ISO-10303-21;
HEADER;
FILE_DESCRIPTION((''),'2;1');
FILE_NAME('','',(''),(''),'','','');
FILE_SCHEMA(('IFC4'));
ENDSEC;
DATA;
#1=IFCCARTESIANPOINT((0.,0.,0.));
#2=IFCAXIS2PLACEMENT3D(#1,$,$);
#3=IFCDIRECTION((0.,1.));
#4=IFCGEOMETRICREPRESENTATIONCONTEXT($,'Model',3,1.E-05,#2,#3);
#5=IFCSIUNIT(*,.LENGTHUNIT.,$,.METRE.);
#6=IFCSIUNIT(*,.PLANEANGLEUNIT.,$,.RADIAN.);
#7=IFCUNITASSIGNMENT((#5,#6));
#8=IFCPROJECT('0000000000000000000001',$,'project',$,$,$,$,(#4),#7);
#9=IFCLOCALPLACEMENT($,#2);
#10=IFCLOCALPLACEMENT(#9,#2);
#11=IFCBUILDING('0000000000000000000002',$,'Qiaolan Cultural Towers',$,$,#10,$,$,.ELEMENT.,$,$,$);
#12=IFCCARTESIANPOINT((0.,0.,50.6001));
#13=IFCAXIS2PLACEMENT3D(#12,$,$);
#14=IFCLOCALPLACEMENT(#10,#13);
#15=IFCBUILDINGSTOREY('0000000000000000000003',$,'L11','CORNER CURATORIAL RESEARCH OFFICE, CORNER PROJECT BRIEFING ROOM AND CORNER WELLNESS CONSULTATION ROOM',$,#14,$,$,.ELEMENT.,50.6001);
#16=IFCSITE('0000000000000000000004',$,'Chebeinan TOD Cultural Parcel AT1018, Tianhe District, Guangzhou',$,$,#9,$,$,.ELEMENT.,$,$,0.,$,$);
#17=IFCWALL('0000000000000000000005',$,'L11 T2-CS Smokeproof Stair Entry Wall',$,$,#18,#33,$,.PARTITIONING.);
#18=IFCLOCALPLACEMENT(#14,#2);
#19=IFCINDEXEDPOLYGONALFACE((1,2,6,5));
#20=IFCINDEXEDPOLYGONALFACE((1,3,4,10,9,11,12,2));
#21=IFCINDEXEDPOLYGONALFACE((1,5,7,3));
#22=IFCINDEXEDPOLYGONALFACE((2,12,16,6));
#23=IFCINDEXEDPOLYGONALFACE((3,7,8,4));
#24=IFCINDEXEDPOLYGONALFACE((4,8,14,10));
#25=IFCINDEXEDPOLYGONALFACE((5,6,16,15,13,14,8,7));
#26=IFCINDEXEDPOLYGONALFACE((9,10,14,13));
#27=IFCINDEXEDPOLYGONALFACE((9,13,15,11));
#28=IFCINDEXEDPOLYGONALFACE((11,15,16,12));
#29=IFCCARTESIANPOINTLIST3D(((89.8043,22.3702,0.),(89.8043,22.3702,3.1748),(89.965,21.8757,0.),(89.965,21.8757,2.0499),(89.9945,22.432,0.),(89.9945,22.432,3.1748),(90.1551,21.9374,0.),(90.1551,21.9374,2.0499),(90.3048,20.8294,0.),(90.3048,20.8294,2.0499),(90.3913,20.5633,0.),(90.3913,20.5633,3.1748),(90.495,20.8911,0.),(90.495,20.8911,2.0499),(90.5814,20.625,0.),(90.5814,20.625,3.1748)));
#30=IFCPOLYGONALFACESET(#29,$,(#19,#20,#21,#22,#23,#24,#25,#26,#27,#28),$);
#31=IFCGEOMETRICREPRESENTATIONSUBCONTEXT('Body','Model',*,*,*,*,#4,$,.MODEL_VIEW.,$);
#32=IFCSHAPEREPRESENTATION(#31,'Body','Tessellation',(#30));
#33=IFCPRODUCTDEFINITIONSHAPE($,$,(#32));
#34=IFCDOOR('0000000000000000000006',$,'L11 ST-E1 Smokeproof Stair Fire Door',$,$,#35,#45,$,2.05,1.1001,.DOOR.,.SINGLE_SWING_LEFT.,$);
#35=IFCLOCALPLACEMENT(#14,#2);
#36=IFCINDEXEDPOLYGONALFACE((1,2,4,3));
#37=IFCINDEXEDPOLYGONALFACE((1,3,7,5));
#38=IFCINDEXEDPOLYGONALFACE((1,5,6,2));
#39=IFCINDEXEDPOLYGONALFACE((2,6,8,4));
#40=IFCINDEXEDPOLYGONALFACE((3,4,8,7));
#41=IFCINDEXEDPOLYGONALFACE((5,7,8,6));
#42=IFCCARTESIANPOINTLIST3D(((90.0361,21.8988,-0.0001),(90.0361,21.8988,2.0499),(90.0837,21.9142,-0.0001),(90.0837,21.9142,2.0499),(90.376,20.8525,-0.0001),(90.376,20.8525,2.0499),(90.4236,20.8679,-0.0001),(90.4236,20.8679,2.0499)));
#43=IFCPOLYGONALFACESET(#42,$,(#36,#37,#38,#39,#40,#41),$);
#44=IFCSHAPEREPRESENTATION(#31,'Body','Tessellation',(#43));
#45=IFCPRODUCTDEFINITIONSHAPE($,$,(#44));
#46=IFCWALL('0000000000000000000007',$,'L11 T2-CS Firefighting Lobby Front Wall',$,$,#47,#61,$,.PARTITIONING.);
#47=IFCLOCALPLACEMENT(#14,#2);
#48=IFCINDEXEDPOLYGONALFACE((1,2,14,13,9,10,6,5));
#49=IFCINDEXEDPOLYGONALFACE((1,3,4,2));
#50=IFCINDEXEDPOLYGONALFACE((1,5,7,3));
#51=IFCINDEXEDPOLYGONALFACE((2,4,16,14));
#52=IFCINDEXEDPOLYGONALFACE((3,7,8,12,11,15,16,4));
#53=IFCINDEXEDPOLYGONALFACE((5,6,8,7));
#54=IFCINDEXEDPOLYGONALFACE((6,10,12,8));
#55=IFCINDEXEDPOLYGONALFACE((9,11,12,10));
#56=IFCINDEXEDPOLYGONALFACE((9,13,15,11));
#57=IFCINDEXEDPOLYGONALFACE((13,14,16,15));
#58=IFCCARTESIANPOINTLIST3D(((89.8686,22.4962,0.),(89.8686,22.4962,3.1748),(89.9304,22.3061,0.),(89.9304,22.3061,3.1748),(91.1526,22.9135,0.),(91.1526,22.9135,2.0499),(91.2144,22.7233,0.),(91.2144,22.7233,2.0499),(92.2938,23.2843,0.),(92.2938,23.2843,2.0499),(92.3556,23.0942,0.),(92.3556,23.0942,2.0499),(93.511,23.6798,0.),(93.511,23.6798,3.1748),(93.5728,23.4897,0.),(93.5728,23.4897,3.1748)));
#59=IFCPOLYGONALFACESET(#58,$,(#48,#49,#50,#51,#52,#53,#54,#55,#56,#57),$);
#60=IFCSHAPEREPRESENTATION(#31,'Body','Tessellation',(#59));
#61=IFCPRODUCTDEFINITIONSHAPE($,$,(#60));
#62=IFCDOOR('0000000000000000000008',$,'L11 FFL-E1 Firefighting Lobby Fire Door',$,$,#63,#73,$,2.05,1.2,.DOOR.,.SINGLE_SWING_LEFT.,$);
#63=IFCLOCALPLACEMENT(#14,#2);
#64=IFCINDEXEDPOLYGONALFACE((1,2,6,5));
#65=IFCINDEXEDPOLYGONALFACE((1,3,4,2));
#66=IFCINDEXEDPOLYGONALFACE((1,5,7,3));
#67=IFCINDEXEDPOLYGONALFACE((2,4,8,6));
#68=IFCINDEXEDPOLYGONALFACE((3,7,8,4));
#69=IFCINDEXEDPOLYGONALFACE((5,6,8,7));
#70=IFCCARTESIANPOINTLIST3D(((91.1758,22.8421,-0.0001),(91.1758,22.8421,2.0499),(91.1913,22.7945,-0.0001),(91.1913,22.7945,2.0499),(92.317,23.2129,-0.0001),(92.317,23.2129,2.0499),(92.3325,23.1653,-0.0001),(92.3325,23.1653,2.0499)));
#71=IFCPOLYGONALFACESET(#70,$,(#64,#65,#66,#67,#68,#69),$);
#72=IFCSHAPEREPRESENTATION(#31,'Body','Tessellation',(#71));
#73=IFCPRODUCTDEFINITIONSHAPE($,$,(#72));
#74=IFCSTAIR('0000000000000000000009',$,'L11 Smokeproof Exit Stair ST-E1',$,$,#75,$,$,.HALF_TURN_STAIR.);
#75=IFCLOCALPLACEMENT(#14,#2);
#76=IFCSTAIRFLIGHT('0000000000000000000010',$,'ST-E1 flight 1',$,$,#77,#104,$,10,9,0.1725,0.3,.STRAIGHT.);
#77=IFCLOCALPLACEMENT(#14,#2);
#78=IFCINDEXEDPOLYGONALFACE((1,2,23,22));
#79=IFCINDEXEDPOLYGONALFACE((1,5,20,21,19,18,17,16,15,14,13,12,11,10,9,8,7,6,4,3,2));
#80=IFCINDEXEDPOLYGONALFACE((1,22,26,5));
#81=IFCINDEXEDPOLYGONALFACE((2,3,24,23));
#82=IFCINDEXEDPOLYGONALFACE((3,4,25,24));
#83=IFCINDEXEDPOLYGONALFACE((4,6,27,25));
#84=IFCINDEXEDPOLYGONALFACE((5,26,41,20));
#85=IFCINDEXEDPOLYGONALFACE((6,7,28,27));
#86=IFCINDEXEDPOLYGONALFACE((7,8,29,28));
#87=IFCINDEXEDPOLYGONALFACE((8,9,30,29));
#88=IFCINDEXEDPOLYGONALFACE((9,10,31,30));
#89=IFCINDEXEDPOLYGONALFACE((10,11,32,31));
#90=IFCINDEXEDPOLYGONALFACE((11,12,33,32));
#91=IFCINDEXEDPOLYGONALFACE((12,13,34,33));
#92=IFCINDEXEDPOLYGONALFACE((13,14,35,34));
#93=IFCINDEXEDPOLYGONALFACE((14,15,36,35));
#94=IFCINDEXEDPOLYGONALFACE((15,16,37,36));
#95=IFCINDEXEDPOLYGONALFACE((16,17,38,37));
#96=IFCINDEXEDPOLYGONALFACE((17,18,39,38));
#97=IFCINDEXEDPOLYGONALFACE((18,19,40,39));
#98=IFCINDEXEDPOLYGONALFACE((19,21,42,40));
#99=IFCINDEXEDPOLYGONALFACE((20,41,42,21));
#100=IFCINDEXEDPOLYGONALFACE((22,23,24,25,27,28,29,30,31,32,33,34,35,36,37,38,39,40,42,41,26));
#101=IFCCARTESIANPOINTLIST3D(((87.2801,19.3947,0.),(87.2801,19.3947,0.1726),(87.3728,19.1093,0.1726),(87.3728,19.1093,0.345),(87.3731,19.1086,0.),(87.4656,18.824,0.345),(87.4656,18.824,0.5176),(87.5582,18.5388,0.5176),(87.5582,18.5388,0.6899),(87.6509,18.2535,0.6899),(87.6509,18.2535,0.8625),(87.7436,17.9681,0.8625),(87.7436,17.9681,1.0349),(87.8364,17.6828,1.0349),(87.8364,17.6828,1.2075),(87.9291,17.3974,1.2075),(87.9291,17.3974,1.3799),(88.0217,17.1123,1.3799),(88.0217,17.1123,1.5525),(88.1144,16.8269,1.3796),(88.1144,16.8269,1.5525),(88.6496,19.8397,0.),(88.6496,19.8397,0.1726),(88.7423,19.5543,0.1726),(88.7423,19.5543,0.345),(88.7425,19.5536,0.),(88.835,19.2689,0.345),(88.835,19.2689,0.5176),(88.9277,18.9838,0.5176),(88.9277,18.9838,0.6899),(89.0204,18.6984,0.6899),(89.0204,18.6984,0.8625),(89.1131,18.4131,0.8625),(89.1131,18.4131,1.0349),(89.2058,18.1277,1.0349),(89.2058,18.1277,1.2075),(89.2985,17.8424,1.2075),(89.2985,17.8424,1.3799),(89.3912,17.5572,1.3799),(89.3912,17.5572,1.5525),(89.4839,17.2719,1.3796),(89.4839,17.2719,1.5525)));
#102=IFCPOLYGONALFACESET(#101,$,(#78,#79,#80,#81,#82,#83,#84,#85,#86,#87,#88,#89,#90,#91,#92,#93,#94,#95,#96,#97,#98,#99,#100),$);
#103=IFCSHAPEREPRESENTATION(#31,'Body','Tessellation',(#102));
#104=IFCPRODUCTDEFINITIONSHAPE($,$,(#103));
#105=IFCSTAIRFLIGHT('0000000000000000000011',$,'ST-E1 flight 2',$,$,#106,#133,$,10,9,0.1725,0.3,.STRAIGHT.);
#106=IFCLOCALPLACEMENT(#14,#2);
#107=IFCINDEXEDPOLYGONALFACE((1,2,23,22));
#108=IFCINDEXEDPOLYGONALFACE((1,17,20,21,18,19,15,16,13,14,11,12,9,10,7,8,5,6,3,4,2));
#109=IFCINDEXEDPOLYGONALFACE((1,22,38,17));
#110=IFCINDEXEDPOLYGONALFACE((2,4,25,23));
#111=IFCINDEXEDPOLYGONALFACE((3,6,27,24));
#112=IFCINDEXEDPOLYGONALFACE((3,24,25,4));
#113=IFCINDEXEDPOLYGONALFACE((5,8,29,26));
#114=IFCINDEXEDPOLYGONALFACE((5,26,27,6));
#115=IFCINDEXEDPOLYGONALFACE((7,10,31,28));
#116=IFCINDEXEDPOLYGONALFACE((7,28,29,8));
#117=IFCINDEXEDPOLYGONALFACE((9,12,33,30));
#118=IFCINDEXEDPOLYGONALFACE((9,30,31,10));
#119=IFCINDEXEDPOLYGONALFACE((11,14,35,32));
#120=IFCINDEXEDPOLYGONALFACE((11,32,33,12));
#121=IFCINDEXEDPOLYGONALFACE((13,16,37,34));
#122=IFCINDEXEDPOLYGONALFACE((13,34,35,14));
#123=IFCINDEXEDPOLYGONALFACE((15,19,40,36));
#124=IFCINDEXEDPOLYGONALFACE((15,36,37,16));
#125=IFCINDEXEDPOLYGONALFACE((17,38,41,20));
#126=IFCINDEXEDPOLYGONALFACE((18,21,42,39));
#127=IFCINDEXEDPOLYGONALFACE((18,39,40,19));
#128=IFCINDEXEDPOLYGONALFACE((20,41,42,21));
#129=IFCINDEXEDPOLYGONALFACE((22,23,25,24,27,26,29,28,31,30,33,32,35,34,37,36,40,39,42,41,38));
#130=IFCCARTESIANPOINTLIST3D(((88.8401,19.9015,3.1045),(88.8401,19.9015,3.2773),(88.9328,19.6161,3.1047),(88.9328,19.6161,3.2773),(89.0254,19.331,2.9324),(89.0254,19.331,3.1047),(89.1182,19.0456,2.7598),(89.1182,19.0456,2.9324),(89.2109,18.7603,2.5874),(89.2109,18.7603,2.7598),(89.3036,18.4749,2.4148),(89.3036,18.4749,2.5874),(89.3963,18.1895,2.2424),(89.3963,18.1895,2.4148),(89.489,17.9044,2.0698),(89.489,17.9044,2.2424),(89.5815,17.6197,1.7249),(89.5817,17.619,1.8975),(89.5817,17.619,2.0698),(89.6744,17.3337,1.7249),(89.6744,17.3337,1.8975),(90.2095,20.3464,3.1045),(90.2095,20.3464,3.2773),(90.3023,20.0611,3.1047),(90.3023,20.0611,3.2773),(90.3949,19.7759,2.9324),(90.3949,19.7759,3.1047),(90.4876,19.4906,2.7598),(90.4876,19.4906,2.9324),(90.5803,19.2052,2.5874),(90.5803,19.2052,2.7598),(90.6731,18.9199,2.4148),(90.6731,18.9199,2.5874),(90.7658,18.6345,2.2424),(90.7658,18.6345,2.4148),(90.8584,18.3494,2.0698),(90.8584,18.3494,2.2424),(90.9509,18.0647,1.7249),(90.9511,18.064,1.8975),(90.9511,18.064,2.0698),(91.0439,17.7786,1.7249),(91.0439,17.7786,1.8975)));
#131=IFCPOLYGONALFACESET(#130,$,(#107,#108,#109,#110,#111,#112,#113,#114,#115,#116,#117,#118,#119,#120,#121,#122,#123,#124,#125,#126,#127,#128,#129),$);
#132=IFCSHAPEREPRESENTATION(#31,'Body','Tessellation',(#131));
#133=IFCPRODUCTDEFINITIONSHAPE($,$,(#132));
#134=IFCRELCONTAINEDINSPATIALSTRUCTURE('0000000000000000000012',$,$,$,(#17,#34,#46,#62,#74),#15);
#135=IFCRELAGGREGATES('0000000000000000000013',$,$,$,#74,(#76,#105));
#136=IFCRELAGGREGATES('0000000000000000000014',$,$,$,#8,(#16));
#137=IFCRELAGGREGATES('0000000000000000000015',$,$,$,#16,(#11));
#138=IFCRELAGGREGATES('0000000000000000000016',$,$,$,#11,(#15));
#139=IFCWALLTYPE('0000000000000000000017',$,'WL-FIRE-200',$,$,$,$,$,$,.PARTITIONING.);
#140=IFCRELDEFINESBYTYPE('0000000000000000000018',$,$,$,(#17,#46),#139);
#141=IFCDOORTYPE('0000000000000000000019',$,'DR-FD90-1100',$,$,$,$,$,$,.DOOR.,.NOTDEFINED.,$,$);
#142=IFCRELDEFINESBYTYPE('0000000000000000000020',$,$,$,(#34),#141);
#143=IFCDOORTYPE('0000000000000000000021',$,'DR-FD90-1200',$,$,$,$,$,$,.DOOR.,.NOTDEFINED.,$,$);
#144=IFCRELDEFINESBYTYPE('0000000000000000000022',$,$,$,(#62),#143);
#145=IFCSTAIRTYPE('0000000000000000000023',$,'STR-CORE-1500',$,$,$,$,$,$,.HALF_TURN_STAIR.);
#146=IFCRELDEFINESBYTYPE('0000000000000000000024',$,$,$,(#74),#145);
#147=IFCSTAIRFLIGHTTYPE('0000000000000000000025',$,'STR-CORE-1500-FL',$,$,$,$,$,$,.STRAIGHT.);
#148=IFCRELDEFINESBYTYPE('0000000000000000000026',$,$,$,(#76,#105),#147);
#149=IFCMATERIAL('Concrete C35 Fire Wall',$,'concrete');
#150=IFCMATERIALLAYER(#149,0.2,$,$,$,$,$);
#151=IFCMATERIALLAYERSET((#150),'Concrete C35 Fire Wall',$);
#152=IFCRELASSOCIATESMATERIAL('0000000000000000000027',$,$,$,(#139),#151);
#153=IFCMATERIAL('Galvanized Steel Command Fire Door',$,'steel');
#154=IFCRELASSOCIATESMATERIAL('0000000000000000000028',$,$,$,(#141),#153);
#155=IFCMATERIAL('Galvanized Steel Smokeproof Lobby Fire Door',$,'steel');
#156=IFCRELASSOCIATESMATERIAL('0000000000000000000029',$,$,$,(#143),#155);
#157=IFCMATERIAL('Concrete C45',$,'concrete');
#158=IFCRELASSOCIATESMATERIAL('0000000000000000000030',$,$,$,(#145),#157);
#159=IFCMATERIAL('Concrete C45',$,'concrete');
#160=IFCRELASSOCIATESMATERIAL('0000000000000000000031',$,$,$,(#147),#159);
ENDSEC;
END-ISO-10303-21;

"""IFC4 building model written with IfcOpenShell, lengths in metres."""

from ifc_helpers import new_model, si_unit, direction, frame, frame_2d, origin, place, context, subcontext, project, spatial, polyline, rectangle, outline, extrude, material, layer, layer_set, type_object, element, fill, aggregate, save


model = new_model("IFC4")

# Units and contexts
model_context = context("Model", 3, precision=1e-05, world=origin(), true_north=direction((0.0, 1.0)))
body_context = subcontext(model_context, "Body", "Model", "MODEL_VIEW")
ifc_project = project(units=[si_unit("LENGTHUNIT", "METRE"), si_unit("PLANEANGLEUNIT", "RADIAN")], contexts=[model_context])

# Site, building, storey
site_placement = place(None, origin())
site = spatial("IfcSite", under=ifc_project, at=site_placement, Name="Chebeinan TOD Cultural Parcel AT1018, Tianhe District, Guangzhou", CompositionType="ELEMENT", RefElevation=0.0)
building_placement = place(site_placement, origin())
building = spatial("IfcBuilding", under=site, at=building_placement, Name="Qiaolan Cultural Towers", CompositionType="ELEMENT")
storey_placement = place(building_placement, frame((0.0, 0.0, 50.6001)))
storey = spatial("IfcBuildingStorey", under=building, at=storey_placement, Name="L11", Description="CORNER CURATORIAL RESEARCH OFFICE, CORNER PROJECT BRIEFING ROOM AND CORNER WELLNESS CONSULTATION ROOM", CompositionType="ELEMENT", Elevation=50.6001)

# Walls, openings, doors
ifc_material_1 = material(Name="Concrete C35 Fire Wall", Category="concrete")
ifc_layer_1 = layer(ifc_material_1, 0.2)
ifc_layer_set_1 = layer_set([ifc_layer_1], Name="Concrete C35 Fire Wall")
wall_type_1 = type_object("IfcWallType", Name="WL-FIRE-200", PredefinedType="PARTITIONING", material=ifc_layer_set_1)
wall_1_placement = place(storey_placement, frame((89.8994, 22.4011, 0.0), z_axis=(0.0, 0.0, 1.0), x_axis=(0.308932, -0.951084, 0.0)))
wall_1 = element("IfcWall", 1, at=wall_1_placement, inside=storey, type_object=wall_type_1, Name="L11 T2-CS Smokeproof Stair Entry Wall", PredefinedType="PARTITIONING", context=body_context, shape_type="SweptSolid", body=[
    extrude(rectangle(XDim=1.8999, YDim=0.2, at=frame_2d((0.95, 0.0))), origin(), (0.0, 0.0, 1.0), 3.1748),
])
opening_1_placement = place(wall_1_placement, frame((0.52, 0.0, 0.0)))
opening_1 = element("IfcOpeningElement", 2, at=opening_1_placement, cuts=wall_1, PredefinedType="OPENING", context=body_context, shape_type="SweptSolid", body=[
    extrude(rectangle(XDim=1.1001, YDim=2.05, at=frame_2d((0.55, 1.0249))), frame((0.0, 0.1099, 0.0), z_axis=(0.0, -1.0, 0.0), x_axis=(1.0, 0.0, 0.0)), (0.0, 0.0, 1.0), 0.22),
])
ifc_material_2 = material(Name="Galvanized Steel Command Fire Door", Category="steel")
door_type_1 = type_object("IfcDoorType", Name="DR-FD90-1100", OperationType="NOTDEFINED", PredefinedType="DOOR", material=ifc_material_2)
door_1_placement = place(opening_1_placement, origin())
door_1 = element("IfcDoor", 3, at=door_1_placement, inside=storey, type_object=door_type_1, Name="L11 ST-E1 Smokeproof Stair Fire Door", OperationType="SINGLE_SWING_LEFT", OverallHeight=2.05, OverallWidth=1.1001, PredefinedType="DOOR", context=body_context, shape_type="SweptSolid", body=[
    extrude(rectangle(XDim=1.1001, YDim=2.05, at=frame_2d((0.55, 1.0249))), frame((0.0, 0.0249, 0.0), z_axis=(0.0, -1.0, 0.0), x_axis=(1.0, 0.0, 0.0)), (0.0, 0.0, 1.0), 0.05),
])
fill(opening_1, door_1)
wall_2_placement = place(storey_placement, frame((89.8994, 22.4011, 0.0), z_axis=(0.0, 0.0, 1.0), x_axis=(0.951047, 0.309047, 0.0)))
wall_2 = element("IfcWall", 4, at=wall_2_placement, inside=storey, type_object=wall_type_1, Name="L11 T2-CS Firefighting Lobby Front Wall", PredefinedType="PARTITIONING", context=body_context, shape_type="SweptSolid", body=[
    extrude(rectangle(XDim=3.8298, YDim=0.2, at=frame_2d((1.915, 0.0))), origin(), (0.0, 0.0, 1.0), 3.1748),
])
opening_2_placement = place(wall_2_placement, frame((1.3501, 0.0, 0.0)))
opening_2 = element("IfcOpeningElement", 5, at=opening_2_placement, cuts=wall_2, PredefinedType="OPENING", context=body_context, shape_type="SweptSolid", body=[
    extrude(rectangle(XDim=1.2, YDim=2.05, at=frame_2d((0.6001, 1.0249))), frame((0.0, 0.1099, 0.0), z_axis=(0.0, -1.0, 0.0), x_axis=(1.0, 0.0, 0.0)), (0.0, 0.0, 1.0), 0.22),
])
ifc_material_3 = material(Name="Galvanized Steel Smokeproof Lobby Fire Door", Category="steel")
door_type_2 = type_object("IfcDoorType", Name="DR-FD90-1200", OperationType="NOTDEFINED", PredefinedType="DOOR", material=ifc_material_3)
door_2_placement = place(opening_2_placement, origin())
door_2 = element("IfcDoor", 6, at=door_2_placement, inside=storey, type_object=door_type_2, Name="L11 FFL-E1 Firefighting Lobby Fire Door", OperationType="SINGLE_SWING_LEFT", OverallHeight=2.05, OverallWidth=1.2, PredefinedType="DOOR", context=body_context, shape_type="SweptSolid", body=[
    extrude(rectangle(XDim=1.2, YDim=2.05, at=frame_2d((0.6001, 1.0249))), frame((0.0, 0.0249, 0.0), z_axis=(0.0, -1.0, 0.0), x_axis=(1.0, 0.0, 0.0)), (0.0, 0.0, 1.0), 0.05),
])
fill(opening_2, door_2)

# Stair, stair flights
ifc_material_4 = material(Name="Concrete C45", Category="concrete")
stair_type = type_object("IfcStairType", Name="STR-CORE-1500", PredefinedType="HALF_TURN_STAIR", material=ifc_material_4)
stair_placement = place(storey_placement, origin())
stair = element("IfcStair", 7, at=stair_placement, inside=storey, type_object=stair_type, Name="L11 Smokeproof Exit Stair ST-E1", PredefinedType="HALF_TURN_STAIR")
ifc_material_5 = material(Name="Concrete C45", Category="concrete")
stair_flight_type = type_object("IfcStairFlightType", Name="STR-CORE-1500-FL", PredefinedType="STRAIGHT", material=ifc_material_5)
stair_flight_1_placement = place(storey_placement, frame((87.9648, 19.6172, 0.0), z_axis=(0.0, 0.0, 1.0), x_axis=(0.309017, -0.951057, 0.0)))
stair_flight_1 = element("IfcStairFlight", 8, at=stair_flight_1_placement, type_object=stair_flight_type, Name="ST-E1 flight 1", NumberOfRisers=10, NumberOfTreads=9, PredefinedType="STRAIGHT", RiserHeight=0.1725, TreadLength=0.3, context=body_context, shape_type="SweptSolid", body=[
    extrude(outline(polyline([(0.0, 0.0), (0.0, 0.1726), (0.3, 0.1726), (0.3, 0.345), (0.6001, 0.345), (0.6001, 0.5176), (0.8999, 0.5176), (0.8999, 0.6899), (1.2, 0.6899), (1.2, 0.8625), (1.5, 0.8625), (1.5, 1.0349), (1.8, 1.0349), (1.8, 1.2075), (2.1001, 1.2075), (2.1001, 1.3799), (2.3999, 1.3799), (2.3999, 1.5525), (2.7, 1.5525), (2.7, 1.7251), (2.7, 1.3796), (0.3008, 0.0), (0.0, 0.0)])), frame((0.0, 0.72, 0.0), z_axis=(0.0, -1.0, 0.0), x_axis=(1.0, 0.0, 0.0)), (0.0, 0.0, 1.0), 1.4399),
])
stair_flight_2_placement = place(storey_placement, frame((90.3591, 17.5562, 1.7249), z_axis=(0.0, 0.0, 1.0), x_axis=(-0.309017, 0.951057, 0.0)))
stair_flight_2 = element("IfcStairFlight", 9, at=stair_flight_2_placement, type_object=stair_flight_type, Name="ST-E1 flight 2", NumberOfRisers=10, NumberOfTreads=9, PredefinedType="STRAIGHT", RiserHeight=0.1725, TreadLength=0.3, context=body_context, shape_type="SweptSolid", body=[
    extrude(outline(polyline([(0.0, 0.0), (0.0, 0.1726), (0.3, 0.1726), (0.3, 0.345), (0.6001, 0.345), (0.6001, 0.5176), (0.8999, 0.5176), (0.8999, 0.6899), (1.2, 0.6899), (1.2, 0.8625), (1.5, 0.8625), (1.5, 1.0349), (1.8, 1.0349), (1.8, 1.2075), (2.1001, 1.2075), (2.1001, 1.3799), (2.3999, 1.3799), (2.3999, 1.5525), (2.7, 1.5525), (2.7, 1.7251), (2.7, 1.3796), (0.3008, 0.0), (0.0, 0.0)])), frame((0.0, 0.72, 0.0), z_axis=(0.0, -1.0, 0.0), x_axis=(1.0, 0.0, 0.0)), (0.0, 0.0, 1.0), 1.4399),
])
aggregate(stair, [stair_flight_1, stair_flight_2])

save(model, "model.ifc")
